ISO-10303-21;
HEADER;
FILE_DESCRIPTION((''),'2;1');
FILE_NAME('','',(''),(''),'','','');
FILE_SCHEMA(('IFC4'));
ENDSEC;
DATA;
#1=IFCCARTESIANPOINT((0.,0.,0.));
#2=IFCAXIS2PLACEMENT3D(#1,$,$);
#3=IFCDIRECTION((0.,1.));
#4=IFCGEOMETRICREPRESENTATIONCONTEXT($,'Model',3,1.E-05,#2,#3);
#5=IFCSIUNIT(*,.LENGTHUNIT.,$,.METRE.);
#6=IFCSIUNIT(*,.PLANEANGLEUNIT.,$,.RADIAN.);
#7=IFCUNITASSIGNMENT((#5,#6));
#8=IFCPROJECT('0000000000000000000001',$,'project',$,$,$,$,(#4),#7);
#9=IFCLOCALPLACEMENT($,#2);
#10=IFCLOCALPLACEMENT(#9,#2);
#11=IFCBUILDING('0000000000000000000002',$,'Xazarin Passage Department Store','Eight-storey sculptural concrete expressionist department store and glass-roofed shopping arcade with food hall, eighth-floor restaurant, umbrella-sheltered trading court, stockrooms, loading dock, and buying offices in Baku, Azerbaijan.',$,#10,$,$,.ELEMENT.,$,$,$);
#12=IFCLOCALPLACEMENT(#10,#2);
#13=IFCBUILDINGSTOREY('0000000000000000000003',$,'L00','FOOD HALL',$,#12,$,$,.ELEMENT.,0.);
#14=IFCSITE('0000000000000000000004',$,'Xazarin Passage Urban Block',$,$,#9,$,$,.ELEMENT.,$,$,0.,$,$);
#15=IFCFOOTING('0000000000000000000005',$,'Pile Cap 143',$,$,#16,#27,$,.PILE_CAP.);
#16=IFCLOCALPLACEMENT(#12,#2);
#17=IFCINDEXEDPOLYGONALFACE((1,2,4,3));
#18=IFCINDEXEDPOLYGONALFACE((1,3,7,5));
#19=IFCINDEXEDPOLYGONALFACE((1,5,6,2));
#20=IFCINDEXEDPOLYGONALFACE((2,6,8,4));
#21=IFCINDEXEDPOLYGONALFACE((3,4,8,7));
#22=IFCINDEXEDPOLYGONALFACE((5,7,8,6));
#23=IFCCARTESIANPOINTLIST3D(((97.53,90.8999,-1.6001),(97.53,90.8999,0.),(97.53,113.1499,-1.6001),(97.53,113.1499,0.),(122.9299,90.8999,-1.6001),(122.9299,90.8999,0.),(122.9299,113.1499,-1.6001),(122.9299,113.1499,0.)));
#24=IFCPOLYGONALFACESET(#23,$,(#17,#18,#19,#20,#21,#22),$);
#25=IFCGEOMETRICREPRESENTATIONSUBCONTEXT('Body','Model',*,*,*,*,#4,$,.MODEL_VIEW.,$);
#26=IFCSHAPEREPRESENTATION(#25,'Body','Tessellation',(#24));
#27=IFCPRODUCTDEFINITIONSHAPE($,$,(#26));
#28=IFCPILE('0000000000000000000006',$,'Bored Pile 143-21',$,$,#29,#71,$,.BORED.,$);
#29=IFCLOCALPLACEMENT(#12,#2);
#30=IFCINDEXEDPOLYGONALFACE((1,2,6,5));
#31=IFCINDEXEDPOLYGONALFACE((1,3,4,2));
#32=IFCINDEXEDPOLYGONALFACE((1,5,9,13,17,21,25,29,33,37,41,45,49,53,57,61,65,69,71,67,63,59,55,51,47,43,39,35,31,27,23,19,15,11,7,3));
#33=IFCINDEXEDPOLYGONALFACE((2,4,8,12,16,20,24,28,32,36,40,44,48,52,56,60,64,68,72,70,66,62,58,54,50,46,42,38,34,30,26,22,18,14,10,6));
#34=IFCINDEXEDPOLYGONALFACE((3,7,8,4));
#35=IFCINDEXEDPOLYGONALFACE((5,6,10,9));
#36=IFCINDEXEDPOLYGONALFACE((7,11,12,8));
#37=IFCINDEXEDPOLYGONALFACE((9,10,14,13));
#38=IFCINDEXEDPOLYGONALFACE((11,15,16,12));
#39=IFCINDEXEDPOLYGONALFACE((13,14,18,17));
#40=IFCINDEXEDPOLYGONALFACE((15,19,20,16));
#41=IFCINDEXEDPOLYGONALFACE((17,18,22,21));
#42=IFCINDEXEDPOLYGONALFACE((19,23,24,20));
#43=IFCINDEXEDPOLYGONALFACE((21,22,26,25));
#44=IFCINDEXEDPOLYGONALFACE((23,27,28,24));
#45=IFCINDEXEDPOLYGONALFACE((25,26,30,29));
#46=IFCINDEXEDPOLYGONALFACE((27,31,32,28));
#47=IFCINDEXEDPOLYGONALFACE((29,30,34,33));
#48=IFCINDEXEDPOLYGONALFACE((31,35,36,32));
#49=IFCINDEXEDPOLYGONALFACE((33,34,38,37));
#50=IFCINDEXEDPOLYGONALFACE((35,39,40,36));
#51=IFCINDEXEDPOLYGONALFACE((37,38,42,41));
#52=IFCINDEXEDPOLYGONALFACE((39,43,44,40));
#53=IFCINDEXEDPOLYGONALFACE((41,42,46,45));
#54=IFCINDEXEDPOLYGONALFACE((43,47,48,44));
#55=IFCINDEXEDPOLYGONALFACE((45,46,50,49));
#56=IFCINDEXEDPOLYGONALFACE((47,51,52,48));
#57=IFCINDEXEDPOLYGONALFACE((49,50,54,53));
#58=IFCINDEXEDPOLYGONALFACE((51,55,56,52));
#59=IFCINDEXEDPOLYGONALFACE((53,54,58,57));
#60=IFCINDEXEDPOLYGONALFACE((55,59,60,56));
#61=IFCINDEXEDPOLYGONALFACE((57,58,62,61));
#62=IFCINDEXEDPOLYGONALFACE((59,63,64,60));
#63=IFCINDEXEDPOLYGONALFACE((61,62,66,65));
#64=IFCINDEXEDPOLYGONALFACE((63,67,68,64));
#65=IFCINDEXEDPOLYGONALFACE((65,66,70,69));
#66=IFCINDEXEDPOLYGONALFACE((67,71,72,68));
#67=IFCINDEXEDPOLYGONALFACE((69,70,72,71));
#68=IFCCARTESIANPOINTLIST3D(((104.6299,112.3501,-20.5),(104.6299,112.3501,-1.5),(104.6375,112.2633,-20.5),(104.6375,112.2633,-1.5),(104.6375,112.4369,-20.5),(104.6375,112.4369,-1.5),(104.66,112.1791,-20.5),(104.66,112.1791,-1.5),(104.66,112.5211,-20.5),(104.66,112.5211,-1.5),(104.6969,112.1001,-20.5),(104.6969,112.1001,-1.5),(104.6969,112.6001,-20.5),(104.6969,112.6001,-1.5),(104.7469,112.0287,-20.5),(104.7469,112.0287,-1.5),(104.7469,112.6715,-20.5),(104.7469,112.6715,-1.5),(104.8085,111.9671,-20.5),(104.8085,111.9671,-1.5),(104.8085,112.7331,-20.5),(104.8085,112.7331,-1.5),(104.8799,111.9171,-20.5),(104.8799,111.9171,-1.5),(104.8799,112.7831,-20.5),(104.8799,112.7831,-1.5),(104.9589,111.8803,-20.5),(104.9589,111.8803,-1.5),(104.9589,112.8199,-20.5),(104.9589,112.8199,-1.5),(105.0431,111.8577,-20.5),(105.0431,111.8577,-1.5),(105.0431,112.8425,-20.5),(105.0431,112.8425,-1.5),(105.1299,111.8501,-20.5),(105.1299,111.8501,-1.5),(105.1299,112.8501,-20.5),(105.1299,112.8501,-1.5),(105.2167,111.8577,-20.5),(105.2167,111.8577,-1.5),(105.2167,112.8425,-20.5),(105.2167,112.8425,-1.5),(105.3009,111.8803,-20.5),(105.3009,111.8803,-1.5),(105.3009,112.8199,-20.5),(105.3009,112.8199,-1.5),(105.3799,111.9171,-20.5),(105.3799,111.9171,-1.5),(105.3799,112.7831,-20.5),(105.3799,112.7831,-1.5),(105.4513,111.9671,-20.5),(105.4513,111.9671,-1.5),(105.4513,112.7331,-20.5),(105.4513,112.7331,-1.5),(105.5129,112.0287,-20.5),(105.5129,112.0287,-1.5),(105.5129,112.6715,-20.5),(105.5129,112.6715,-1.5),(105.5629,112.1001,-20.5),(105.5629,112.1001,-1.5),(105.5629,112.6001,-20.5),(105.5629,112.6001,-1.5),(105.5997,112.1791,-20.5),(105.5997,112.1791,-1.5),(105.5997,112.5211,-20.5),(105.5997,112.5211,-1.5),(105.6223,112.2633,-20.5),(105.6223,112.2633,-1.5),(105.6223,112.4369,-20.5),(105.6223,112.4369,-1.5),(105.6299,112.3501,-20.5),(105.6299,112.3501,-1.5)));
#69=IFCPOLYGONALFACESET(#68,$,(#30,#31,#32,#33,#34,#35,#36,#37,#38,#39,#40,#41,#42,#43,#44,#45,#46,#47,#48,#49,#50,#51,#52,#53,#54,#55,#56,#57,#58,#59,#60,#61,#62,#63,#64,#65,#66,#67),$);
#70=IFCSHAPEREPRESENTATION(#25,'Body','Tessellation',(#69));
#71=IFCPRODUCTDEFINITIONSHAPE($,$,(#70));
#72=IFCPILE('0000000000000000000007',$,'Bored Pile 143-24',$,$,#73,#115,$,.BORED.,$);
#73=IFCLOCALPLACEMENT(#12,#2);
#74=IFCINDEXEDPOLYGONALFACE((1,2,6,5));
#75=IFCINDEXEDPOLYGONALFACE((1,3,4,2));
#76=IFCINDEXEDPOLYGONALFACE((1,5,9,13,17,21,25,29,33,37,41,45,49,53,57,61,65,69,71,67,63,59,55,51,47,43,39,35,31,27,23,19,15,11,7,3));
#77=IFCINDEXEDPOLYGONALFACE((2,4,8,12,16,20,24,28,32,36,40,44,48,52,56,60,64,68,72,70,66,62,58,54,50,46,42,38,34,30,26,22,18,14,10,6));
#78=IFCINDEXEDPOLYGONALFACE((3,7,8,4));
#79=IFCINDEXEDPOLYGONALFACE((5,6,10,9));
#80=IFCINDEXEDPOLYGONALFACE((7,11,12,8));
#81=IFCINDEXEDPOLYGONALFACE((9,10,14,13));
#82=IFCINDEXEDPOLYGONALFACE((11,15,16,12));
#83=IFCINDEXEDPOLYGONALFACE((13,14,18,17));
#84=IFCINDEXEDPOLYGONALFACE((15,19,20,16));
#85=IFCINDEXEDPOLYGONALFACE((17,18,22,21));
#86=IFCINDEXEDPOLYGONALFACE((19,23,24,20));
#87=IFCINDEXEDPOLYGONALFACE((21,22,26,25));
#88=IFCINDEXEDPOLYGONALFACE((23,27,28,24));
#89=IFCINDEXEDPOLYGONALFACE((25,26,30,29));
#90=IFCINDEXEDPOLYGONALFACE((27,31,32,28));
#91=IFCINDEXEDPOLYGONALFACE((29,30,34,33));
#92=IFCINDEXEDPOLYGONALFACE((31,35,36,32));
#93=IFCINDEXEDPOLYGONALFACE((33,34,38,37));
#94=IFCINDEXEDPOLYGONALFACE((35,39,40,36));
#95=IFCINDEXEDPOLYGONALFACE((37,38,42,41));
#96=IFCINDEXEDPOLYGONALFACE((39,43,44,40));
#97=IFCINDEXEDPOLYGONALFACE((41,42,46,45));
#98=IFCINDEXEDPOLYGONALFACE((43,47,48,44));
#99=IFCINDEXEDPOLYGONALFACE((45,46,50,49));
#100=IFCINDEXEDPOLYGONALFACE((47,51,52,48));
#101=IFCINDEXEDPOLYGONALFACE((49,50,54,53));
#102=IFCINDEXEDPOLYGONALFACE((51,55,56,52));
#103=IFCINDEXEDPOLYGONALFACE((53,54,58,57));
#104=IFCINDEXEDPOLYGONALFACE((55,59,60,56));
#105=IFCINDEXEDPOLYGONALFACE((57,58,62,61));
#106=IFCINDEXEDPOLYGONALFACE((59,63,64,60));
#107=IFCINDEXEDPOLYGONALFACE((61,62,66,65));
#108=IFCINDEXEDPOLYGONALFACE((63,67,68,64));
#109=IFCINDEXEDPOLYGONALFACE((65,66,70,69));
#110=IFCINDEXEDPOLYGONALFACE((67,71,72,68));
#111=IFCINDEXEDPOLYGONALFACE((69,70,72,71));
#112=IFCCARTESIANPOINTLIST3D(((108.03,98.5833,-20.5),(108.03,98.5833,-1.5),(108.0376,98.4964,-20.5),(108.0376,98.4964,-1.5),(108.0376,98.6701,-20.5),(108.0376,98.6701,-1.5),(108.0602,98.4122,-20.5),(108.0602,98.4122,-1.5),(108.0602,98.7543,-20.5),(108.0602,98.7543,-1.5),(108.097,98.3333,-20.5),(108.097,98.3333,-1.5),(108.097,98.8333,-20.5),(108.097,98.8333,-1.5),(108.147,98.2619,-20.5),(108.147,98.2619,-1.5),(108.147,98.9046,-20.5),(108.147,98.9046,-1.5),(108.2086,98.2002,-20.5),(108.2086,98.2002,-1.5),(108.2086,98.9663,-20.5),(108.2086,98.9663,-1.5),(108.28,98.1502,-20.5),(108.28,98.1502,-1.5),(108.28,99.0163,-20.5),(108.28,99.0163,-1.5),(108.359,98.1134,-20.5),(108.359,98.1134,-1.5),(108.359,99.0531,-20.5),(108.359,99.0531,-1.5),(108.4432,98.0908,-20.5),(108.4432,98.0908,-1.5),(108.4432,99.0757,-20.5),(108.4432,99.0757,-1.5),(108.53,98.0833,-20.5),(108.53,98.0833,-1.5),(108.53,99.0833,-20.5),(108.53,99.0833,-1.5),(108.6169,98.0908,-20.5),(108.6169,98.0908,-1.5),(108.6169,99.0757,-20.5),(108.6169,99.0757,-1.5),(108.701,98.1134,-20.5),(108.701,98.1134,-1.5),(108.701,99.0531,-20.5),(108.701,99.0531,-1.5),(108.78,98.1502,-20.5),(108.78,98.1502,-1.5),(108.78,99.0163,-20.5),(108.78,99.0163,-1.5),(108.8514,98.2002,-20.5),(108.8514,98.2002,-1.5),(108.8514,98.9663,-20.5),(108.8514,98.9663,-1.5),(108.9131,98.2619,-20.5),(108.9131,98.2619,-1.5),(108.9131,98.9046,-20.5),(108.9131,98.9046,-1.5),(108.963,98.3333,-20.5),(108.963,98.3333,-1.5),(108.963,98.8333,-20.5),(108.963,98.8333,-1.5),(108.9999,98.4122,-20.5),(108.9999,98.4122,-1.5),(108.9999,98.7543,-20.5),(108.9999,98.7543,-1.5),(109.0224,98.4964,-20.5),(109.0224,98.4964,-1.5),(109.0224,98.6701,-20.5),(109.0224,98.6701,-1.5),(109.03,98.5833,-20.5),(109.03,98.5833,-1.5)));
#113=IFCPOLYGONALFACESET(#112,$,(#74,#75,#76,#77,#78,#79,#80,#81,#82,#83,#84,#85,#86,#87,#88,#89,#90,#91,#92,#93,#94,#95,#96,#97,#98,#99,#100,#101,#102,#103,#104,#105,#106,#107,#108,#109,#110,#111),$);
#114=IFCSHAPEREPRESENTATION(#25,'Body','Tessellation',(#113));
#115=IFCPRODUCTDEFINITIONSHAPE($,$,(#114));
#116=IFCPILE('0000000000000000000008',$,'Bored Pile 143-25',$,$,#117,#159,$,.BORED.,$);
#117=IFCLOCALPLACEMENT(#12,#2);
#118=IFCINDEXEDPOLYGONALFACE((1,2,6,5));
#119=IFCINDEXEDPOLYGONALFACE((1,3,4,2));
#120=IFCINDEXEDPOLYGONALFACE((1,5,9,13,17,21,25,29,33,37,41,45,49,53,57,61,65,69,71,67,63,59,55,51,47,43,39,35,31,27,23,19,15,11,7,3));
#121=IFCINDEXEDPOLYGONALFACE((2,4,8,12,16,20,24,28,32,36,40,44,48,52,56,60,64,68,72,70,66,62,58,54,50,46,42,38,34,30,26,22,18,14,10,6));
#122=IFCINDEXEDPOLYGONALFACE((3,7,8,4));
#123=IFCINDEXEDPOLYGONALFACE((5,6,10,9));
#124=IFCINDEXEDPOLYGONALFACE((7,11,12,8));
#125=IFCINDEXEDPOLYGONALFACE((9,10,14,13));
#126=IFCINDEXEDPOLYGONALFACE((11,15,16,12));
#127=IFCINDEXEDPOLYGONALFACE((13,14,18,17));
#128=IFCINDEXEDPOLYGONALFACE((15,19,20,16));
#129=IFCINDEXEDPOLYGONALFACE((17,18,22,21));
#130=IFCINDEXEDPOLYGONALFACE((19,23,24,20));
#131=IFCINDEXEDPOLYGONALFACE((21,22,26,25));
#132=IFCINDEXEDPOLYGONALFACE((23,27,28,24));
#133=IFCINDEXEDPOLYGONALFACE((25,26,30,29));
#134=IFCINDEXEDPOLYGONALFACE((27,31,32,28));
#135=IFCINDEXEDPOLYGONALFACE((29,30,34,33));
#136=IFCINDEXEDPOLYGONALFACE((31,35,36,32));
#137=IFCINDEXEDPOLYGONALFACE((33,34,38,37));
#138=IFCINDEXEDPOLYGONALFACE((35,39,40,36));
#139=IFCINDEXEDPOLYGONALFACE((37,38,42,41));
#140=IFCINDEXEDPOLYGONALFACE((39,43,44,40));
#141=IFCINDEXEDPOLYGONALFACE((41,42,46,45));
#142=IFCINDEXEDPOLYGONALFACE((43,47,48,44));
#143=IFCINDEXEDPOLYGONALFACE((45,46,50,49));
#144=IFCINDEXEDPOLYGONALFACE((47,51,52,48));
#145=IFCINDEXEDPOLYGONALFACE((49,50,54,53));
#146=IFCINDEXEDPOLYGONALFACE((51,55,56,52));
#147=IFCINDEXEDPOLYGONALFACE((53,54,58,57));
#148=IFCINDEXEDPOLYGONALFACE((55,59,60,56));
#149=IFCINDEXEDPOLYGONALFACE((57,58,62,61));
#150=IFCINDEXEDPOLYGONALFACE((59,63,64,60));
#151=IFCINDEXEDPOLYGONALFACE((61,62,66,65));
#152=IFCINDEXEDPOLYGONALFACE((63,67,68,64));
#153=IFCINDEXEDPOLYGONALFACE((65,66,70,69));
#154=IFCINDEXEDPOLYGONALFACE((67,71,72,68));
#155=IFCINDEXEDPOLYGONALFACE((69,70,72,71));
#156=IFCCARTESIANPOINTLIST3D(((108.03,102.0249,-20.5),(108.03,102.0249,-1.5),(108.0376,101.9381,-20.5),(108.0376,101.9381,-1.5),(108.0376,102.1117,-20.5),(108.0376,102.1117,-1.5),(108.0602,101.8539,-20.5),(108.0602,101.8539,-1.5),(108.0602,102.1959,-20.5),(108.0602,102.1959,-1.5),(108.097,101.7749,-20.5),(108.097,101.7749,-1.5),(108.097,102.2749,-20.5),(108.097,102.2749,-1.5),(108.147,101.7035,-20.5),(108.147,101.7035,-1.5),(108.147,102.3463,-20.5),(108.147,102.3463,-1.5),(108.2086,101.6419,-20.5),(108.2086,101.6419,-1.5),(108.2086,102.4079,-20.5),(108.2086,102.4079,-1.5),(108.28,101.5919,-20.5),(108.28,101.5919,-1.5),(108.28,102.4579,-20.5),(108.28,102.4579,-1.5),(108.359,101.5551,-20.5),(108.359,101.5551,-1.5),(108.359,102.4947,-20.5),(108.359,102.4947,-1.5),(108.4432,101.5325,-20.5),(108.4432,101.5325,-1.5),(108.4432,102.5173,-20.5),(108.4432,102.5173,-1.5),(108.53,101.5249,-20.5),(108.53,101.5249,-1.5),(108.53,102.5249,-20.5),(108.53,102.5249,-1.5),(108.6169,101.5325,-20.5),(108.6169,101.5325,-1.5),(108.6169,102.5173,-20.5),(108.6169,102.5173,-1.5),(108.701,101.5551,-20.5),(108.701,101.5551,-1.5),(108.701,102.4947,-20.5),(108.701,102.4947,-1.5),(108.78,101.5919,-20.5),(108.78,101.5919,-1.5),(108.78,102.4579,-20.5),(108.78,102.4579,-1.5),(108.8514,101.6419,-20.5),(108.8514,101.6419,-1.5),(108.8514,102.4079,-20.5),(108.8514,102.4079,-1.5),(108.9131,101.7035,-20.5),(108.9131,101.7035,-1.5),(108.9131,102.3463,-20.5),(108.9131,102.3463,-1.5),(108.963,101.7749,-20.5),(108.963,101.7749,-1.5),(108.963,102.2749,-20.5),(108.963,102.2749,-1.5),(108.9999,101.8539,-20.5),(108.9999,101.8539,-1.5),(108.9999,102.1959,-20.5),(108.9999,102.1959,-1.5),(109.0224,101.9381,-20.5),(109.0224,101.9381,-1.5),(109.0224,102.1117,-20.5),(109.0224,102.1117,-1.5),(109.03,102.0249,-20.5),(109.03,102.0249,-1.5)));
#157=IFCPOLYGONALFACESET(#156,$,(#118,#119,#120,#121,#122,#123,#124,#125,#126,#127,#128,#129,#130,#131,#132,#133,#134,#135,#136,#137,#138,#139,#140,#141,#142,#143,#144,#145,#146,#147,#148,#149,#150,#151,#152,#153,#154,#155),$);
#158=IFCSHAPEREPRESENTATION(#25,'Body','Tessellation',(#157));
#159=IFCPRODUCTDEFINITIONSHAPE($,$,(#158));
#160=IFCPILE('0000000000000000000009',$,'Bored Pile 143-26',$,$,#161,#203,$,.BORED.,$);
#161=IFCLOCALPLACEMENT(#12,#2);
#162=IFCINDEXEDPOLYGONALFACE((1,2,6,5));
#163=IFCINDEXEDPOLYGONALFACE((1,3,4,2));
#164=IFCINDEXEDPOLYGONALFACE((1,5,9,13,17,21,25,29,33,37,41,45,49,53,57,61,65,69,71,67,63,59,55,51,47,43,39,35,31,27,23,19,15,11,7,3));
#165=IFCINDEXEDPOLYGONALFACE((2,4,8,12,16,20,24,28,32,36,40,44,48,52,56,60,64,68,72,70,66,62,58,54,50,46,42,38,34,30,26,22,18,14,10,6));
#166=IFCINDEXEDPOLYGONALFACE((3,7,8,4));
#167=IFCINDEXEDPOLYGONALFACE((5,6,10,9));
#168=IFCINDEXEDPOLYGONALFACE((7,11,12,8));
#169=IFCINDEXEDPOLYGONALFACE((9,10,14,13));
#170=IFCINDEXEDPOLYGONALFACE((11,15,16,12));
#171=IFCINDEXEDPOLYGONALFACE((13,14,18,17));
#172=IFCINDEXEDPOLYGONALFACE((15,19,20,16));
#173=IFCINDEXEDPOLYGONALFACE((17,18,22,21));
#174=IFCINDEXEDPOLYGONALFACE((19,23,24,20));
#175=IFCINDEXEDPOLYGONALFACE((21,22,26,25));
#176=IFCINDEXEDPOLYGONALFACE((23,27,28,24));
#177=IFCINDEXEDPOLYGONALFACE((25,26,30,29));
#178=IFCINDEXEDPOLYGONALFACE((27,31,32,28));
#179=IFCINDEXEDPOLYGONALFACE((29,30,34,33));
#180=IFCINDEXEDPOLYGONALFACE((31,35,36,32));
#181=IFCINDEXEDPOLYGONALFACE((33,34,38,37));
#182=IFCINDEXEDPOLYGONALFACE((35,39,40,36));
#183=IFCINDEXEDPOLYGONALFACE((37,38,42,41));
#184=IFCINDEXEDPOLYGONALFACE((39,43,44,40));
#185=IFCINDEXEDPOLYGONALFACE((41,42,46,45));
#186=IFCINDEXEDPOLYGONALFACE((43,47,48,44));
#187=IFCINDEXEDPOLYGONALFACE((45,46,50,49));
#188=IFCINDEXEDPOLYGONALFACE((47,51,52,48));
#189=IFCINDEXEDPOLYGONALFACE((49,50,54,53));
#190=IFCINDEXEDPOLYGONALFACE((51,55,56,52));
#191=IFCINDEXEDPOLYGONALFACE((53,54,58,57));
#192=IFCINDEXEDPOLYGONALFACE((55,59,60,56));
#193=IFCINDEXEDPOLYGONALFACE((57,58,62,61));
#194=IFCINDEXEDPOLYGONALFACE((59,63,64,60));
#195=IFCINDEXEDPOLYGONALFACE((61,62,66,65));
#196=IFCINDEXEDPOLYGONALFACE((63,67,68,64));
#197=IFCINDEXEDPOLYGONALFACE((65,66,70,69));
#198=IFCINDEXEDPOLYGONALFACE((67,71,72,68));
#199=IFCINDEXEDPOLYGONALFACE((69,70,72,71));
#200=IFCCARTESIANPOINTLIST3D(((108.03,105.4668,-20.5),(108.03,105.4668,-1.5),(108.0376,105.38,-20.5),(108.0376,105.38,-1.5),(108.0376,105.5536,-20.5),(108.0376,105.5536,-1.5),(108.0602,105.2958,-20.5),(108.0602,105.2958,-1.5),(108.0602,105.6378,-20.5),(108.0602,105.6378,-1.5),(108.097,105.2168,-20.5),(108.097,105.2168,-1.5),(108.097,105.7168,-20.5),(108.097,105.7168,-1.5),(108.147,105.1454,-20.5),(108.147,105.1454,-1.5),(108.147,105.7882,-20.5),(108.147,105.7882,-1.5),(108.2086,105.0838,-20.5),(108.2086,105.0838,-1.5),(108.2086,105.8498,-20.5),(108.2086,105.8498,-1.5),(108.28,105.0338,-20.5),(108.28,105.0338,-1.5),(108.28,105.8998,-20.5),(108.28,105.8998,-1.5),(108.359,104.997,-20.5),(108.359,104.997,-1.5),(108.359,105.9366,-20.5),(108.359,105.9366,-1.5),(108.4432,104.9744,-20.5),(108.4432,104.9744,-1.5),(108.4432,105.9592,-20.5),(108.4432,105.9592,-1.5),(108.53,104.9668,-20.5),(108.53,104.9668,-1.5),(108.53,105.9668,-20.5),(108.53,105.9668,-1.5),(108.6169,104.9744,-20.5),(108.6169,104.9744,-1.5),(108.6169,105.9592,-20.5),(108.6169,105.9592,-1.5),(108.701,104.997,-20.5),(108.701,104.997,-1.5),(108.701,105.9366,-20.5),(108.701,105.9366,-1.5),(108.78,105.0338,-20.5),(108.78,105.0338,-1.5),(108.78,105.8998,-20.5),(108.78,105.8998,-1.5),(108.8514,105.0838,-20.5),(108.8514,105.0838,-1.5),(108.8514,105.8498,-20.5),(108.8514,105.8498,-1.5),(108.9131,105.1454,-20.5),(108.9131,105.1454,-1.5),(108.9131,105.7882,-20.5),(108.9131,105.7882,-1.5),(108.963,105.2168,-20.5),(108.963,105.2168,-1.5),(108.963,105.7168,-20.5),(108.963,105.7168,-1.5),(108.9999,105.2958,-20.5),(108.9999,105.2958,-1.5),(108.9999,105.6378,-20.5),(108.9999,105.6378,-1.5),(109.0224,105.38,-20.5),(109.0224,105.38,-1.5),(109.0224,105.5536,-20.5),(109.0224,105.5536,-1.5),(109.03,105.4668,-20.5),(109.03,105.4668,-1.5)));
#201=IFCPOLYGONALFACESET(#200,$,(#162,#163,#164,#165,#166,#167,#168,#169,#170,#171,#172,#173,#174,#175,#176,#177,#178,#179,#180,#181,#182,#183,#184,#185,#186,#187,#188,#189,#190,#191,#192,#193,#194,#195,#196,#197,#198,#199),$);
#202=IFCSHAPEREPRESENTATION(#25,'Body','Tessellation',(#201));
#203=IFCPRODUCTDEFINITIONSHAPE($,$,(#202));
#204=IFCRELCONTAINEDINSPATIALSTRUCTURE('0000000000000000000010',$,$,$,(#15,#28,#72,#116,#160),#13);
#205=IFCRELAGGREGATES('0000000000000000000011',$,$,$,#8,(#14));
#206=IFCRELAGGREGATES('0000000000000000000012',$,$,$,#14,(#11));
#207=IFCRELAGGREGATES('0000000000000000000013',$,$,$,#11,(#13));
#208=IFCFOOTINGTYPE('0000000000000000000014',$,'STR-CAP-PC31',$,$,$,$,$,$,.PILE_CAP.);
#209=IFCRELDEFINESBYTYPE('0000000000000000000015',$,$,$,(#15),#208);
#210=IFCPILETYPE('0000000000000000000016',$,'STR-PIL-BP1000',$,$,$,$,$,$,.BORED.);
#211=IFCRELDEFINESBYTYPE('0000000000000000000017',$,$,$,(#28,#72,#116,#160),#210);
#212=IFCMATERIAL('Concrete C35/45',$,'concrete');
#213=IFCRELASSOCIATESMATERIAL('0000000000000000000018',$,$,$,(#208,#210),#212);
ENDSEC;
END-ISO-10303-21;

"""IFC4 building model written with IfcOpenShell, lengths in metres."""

from ifc_helpers import new_model, si_unit, direction, frame, origin, origin_2d, place, context, subcontext, project, spatial, rectangle, circle, extrude, material, material_profile, profile_set, type_object, element, save


model = new_model("IFC4")

# Units and contexts
model_context = context("Model", 3, precision=1e-05, world=origin(), true_north=direction((0.0, 1.0)))
body_context = subcontext(model_context, "Body", "Model", "MODEL_VIEW")
ifc_project = project(units=[si_unit("LENGTHUNIT", "METRE"), si_unit("PLANEANGLEUNIT", "RADIAN")], contexts=[model_context])

# Site, building, storey
site_placement = place(None, origin())
site = spatial("IfcSite", under=ifc_project, at=site_placement, Name="Xazarin Passage Urban Block", CompositionType="ELEMENT", RefElevation=0.0)
building_placement = place(site_placement, origin())
building = spatial("IfcBuilding", under=site, at=building_placement, Name="Xazarin Passage Department Store", Description="Eight-storey sculptural concrete expressionist department store and glass-roofed shopping arcade with food hall, eighth-floor restaurant, umbrella-sheltered trading court, stockrooms, loading dock, and buying offices in Baku, Azerbaijan.", CompositionType="ELEMENT")
storey_placement = place(building_placement, origin())
storey = spatial("IfcBuildingStorey", under=building, at=storey_placement, Name="L00", Description="FOOD HALL", CompositionType="ELEMENT", Elevation=0.0)

# Footing
ifc_material_1 = material(Name="Concrete C35/45", Category="concrete")
footing_type = type_object("IfcFootingType", Name="STR-CAP-PC31", PredefinedType="PILE_CAP", material=ifc_material_1)
footing_placement = place(storey_placement, frame((110.23, 102.0249, -1.6001), z_axis=(0.0, 0.0, 1.0), x_axis=(1.0, 0.0, 0.0)))
element("IfcFooting", 1, at=footing_placement, inside=storey, type_object=footing_type, Name="Pile Cap 143", PredefinedType="PILE_CAP", context=body_context, shape_type="SweptSolid", body=[
    extrude(rectangle(XDim=25.3999, YDim=22.25, at=origin_2d()), origin(), (0.0, 0.0, 1.0), 1.6001),
])

# Piles
ifc_material_profile_1 = material_profile(ifc_material_1, circle(Radius=0.5, at=origin_2d()), Name="BP 1000")
ifc_profile_set_1 = profile_set([ifc_material_profile_1], Name="Concrete C35/45")
pile_type_1 = type_object("IfcPileType", Name="STR-PIL-BP1000", PredefinedType="BORED", material=ifc_profile_set_1)
for number, where, z_axis, x_axis, name in (
    (2, (105.1299, 112.3501, -1.5), (0.0, 0.0, -1.0), (1.0, 0.0, 0.0), "Bored Pile 143-21"),
    (3, (108.53, 98.5833, -1.5), (0.0, 0.0, -1.0), (1.0, 0.0, 0.0), "Bored Pile 143-24"),
    (4, (108.53, 102.0249, -1.5), (0.0, 0.0, -1.0), (1.0, 0.0, 0.0), "Bored Pile 143-25"),
    (5, (108.53, 105.4668, -1.5), (0.0, 0.0, -1.0), (1.0, 0.0, 0.0), "Bored Pile 143-26"),
):
    element("IfcPile", number, at=place(storey_placement, frame(where, z_axis=z_axis, x_axis=x_axis)), inside=storey, type_object=pile_type_1, Name=name, PredefinedType="BORED", context=body_context, shape_type="SweptSolid", body=[
        extrude(circle(Radius=0.5, at=origin_2d()), origin(), (0.0, 0.0, 1.0), 19.0),
    ])

save(model, "model.ifc")
